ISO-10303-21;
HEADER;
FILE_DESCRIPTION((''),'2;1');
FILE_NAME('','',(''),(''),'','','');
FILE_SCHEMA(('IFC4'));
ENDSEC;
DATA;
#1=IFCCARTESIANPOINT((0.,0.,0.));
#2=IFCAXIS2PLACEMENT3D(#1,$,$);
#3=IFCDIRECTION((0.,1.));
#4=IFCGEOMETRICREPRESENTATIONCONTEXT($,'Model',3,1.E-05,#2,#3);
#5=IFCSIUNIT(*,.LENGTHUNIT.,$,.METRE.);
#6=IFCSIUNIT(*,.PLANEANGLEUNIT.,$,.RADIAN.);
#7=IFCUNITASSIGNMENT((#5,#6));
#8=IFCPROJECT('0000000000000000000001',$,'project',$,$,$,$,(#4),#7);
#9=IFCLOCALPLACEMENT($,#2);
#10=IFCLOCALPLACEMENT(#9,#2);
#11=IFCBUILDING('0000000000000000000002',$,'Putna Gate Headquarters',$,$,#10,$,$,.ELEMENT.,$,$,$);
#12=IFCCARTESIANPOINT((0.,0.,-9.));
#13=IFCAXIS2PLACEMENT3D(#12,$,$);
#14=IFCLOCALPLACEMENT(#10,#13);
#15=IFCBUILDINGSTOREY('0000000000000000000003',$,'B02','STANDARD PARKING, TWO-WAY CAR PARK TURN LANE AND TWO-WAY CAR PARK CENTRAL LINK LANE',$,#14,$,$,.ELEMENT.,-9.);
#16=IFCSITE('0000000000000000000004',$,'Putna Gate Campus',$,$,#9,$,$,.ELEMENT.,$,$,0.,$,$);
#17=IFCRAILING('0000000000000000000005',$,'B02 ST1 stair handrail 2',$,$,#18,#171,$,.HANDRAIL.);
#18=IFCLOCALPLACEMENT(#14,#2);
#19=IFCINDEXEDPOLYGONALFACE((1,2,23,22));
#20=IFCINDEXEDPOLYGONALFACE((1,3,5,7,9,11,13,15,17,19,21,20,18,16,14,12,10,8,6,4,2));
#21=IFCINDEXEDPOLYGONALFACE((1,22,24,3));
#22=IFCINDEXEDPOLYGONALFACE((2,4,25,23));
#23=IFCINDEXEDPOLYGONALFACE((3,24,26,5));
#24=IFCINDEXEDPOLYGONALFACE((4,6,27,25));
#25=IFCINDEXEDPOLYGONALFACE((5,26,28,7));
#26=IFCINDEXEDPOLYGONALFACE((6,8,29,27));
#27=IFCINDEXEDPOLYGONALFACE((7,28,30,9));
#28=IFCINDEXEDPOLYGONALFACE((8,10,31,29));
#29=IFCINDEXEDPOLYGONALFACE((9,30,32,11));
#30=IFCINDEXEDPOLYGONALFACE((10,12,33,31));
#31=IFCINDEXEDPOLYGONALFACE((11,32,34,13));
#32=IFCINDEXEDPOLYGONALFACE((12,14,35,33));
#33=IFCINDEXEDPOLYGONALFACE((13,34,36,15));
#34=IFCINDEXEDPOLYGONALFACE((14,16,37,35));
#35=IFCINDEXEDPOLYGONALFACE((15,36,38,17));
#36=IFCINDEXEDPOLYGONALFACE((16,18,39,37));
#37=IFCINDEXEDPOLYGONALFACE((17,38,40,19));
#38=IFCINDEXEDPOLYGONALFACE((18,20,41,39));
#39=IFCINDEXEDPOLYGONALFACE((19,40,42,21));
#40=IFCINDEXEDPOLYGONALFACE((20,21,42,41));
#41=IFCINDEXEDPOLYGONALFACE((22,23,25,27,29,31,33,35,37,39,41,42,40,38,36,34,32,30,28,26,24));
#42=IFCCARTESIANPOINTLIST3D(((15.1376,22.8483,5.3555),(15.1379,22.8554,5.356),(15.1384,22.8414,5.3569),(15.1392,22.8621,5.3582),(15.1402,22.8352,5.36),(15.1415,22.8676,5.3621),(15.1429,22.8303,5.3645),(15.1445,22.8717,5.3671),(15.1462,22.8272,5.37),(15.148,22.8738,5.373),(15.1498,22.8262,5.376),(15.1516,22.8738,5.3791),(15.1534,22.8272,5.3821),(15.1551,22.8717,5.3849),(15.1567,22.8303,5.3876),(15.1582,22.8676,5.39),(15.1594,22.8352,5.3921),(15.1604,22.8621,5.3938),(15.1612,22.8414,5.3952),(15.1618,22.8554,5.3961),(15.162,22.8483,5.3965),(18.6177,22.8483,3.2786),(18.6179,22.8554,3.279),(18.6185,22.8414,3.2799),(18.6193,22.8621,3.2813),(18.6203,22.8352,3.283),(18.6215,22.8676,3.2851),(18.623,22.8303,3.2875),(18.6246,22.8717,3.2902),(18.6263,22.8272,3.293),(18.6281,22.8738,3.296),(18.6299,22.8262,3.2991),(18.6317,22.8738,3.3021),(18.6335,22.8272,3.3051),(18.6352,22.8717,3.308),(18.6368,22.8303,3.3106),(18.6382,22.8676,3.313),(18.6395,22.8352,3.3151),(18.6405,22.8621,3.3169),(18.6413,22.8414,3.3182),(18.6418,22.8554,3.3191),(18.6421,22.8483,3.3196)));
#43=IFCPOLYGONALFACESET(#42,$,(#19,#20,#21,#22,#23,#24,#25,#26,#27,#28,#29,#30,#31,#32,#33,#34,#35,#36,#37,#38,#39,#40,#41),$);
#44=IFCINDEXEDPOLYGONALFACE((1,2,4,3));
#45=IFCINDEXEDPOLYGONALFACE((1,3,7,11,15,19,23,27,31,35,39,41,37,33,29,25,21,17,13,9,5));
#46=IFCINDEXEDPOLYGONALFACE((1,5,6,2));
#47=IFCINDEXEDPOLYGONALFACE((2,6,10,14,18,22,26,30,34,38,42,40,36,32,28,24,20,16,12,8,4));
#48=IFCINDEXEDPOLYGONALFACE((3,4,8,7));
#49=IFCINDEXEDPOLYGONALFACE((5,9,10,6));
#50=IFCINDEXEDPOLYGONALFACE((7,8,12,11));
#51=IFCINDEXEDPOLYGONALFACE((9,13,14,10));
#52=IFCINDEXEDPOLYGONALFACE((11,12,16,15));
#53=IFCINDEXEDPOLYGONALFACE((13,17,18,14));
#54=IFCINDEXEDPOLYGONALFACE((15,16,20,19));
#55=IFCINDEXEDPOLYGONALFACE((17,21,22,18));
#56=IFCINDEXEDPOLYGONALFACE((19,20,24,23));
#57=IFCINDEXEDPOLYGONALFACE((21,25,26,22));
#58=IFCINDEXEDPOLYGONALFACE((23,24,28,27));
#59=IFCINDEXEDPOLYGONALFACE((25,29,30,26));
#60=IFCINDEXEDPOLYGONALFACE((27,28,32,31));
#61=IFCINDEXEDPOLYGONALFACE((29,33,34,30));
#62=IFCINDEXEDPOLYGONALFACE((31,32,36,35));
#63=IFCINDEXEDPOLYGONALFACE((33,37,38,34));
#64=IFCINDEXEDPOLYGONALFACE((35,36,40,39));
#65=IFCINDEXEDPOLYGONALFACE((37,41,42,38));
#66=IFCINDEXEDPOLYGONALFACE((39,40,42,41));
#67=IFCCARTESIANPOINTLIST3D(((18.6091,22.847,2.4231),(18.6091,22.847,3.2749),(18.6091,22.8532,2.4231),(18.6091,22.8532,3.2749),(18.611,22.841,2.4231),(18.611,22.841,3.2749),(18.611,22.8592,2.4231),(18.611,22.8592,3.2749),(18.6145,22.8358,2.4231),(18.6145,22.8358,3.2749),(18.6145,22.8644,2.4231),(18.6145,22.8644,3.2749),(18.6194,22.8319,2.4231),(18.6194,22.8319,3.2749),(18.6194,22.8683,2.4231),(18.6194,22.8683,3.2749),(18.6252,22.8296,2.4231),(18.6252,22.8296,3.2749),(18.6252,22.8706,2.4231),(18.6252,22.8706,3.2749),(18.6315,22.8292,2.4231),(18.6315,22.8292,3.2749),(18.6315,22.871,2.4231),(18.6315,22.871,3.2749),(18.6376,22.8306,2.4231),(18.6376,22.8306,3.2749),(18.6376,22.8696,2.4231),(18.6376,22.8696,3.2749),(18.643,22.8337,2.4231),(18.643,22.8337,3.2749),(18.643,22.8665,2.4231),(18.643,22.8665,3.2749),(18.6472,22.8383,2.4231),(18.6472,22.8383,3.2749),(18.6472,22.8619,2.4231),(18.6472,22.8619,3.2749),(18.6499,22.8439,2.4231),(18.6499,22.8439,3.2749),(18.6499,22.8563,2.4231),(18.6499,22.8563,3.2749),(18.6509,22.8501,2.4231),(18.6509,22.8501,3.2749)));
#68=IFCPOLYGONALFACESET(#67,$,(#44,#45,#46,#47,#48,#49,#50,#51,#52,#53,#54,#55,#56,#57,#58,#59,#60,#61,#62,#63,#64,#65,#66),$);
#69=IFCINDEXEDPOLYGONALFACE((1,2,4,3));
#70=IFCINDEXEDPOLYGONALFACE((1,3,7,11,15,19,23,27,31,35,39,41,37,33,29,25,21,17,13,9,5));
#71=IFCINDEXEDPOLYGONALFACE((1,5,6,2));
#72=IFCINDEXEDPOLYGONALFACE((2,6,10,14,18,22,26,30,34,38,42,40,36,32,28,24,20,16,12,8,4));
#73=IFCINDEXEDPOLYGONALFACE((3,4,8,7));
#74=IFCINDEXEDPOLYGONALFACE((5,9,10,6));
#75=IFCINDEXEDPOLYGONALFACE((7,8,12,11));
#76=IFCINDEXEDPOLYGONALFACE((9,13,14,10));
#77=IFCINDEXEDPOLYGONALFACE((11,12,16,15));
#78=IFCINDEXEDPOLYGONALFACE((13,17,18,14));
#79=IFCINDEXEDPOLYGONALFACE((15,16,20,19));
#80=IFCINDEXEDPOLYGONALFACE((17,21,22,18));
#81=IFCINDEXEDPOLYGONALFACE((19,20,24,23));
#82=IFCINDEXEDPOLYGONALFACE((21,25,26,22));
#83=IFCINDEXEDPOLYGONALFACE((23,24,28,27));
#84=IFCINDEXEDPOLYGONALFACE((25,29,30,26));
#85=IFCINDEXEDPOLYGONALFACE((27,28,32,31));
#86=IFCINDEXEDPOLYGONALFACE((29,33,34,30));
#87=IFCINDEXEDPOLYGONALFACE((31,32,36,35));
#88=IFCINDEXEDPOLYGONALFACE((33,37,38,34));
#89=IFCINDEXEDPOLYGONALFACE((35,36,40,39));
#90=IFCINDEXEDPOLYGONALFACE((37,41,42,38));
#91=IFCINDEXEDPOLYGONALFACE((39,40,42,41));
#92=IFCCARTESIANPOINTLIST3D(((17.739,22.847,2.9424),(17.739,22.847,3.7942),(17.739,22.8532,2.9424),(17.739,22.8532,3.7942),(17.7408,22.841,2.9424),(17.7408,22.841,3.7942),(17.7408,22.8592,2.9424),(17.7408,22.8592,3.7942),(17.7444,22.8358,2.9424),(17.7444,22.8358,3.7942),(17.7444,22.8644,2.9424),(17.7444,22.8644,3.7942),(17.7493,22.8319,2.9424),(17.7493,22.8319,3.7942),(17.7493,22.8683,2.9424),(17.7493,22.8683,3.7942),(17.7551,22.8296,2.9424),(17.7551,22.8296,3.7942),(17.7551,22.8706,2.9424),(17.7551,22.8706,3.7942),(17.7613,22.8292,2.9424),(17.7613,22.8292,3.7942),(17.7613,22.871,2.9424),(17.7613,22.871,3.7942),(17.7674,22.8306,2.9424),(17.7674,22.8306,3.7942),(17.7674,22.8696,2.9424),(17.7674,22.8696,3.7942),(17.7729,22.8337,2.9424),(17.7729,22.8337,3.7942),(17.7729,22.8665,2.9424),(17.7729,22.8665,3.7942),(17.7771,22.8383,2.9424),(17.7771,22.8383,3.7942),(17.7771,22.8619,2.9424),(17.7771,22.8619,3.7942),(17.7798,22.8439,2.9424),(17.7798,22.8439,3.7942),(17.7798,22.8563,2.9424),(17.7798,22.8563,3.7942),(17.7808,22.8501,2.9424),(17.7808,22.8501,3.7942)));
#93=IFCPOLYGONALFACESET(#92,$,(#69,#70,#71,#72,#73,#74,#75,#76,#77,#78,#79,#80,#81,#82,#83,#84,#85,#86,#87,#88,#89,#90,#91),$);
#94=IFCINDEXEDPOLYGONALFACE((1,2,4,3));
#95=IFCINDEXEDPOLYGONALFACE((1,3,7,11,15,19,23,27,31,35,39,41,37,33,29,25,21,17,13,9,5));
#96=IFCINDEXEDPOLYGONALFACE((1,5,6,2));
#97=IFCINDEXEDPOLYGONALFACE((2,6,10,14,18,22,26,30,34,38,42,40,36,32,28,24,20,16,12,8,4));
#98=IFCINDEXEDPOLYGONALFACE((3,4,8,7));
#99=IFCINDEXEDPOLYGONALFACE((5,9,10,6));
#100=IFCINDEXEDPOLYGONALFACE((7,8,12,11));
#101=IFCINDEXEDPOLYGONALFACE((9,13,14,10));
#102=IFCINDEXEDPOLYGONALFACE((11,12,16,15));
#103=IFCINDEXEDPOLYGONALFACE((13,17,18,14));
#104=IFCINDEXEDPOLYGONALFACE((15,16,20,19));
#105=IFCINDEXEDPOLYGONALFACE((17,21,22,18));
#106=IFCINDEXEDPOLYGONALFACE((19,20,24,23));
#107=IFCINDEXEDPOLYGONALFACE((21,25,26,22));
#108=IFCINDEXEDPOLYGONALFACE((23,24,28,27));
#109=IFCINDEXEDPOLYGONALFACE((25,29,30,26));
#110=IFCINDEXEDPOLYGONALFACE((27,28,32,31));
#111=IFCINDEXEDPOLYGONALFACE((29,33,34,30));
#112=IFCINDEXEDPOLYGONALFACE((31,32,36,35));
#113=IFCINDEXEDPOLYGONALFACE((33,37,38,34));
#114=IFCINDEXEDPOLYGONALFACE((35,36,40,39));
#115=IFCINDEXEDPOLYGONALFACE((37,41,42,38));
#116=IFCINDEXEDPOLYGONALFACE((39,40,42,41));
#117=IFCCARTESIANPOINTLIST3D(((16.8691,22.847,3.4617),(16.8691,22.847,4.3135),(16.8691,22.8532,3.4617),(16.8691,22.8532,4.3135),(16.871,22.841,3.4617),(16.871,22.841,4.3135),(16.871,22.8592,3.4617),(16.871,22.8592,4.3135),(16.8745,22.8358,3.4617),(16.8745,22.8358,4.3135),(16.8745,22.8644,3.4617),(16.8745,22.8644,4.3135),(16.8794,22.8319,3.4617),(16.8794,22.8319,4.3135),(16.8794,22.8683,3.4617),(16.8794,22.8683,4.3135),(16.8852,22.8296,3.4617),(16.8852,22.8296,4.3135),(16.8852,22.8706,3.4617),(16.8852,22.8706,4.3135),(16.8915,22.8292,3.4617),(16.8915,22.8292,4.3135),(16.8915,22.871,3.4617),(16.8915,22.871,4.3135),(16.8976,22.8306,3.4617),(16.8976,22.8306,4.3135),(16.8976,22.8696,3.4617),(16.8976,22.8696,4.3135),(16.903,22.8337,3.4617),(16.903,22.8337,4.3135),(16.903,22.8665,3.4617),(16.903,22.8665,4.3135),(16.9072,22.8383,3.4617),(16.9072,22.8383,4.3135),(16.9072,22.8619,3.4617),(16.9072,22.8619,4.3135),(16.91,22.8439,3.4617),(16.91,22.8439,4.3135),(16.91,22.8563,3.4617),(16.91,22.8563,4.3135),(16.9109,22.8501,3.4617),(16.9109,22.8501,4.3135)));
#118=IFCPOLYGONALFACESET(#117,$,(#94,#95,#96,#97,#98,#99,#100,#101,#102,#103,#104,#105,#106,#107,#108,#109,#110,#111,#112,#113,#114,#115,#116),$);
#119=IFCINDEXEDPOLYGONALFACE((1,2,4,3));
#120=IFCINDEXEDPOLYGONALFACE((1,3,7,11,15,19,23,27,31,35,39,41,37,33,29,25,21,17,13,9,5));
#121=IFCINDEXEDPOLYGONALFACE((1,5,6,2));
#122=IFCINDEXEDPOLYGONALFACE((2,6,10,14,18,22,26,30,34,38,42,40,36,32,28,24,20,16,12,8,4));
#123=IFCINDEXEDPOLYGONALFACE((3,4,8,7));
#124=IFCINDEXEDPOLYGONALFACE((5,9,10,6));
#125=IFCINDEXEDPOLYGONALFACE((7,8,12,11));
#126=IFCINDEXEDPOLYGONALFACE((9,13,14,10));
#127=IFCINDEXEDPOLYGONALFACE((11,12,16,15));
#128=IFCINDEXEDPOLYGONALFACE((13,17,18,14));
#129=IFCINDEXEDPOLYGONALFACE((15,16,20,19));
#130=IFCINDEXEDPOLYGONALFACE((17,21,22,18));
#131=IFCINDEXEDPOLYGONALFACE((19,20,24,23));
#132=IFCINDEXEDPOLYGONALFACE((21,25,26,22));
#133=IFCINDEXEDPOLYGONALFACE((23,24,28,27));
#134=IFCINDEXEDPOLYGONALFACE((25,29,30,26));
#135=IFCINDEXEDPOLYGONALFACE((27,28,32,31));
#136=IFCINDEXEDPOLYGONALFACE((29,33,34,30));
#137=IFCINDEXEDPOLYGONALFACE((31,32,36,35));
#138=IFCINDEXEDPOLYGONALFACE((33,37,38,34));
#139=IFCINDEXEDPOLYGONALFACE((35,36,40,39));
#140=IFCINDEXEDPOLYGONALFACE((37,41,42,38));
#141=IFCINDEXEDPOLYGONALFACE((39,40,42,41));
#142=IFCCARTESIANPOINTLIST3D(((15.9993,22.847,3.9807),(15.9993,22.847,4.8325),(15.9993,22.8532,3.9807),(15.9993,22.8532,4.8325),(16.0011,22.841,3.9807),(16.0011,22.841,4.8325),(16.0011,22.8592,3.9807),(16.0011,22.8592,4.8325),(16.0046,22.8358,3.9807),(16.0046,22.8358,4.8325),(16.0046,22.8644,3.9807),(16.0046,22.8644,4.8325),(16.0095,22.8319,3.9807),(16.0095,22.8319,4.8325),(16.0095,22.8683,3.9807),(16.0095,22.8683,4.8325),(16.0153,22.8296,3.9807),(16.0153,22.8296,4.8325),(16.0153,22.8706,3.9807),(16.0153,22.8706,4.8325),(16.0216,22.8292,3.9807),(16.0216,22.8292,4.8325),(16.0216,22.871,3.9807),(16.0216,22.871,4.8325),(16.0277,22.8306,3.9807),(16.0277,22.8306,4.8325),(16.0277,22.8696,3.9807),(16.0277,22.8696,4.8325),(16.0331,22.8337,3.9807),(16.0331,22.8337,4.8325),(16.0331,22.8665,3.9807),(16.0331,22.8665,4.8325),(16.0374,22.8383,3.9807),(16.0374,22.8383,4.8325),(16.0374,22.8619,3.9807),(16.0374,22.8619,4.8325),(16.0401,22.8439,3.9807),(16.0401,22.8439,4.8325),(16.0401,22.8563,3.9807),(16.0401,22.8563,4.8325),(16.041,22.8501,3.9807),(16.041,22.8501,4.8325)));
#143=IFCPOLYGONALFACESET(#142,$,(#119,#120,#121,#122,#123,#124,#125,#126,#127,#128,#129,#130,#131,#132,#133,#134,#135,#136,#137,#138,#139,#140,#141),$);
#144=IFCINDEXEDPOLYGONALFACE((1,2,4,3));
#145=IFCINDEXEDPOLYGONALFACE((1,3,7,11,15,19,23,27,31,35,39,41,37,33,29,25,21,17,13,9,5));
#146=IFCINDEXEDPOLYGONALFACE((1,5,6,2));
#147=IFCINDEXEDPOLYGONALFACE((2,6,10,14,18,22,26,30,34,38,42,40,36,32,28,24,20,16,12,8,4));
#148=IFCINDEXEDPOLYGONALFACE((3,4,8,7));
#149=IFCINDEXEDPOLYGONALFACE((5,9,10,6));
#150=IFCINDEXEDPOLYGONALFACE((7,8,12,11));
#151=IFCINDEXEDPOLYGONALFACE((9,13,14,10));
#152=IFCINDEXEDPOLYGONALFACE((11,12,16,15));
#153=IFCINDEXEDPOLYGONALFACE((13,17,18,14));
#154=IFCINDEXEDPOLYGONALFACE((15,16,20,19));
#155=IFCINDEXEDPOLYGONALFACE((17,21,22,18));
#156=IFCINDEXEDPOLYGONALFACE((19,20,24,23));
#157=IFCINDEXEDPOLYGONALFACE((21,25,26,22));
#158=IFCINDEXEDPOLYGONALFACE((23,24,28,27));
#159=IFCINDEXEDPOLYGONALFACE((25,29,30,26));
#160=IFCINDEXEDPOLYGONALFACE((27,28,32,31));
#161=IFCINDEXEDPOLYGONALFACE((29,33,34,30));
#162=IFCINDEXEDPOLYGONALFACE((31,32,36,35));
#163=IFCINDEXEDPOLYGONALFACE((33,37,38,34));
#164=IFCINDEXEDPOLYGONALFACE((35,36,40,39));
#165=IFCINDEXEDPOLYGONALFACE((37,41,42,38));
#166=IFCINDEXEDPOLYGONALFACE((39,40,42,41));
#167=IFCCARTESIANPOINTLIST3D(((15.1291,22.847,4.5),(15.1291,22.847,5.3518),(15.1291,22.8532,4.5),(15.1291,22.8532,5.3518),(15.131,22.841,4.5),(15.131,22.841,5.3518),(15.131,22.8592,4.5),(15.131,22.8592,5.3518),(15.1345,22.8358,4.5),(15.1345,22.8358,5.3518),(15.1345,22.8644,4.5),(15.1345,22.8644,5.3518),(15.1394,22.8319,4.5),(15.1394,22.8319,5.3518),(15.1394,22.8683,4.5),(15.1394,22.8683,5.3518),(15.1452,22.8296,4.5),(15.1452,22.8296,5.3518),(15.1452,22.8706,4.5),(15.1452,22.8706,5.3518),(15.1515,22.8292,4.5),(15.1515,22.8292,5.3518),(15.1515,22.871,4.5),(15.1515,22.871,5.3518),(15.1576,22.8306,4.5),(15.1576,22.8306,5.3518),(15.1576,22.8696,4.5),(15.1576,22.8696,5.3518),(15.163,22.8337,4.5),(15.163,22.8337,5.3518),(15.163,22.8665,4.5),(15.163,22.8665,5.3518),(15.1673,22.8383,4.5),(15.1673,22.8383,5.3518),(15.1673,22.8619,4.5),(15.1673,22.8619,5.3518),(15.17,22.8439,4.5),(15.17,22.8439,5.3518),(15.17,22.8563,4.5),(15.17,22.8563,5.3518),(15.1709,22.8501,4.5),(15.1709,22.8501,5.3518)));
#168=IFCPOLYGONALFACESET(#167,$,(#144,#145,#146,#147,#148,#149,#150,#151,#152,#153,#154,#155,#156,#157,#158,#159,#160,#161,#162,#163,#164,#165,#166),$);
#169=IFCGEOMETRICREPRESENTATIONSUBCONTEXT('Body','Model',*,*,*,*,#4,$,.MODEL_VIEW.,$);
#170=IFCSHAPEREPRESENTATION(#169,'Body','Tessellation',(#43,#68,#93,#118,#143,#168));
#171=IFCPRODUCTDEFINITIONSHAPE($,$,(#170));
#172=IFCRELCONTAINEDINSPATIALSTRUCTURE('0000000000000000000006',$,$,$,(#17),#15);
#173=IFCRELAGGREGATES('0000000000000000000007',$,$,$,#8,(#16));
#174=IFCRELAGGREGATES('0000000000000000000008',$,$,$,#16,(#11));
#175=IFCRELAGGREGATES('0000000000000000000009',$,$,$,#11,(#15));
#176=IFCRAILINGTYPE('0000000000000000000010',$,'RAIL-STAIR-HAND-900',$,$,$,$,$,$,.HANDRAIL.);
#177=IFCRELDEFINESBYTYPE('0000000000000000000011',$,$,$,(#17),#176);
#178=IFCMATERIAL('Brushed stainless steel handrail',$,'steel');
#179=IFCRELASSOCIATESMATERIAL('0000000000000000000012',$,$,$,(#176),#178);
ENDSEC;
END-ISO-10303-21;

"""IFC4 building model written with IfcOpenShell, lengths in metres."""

from ifc_helpers import new_model, si_unit, direction, frame, origin, origin_2d, place, context, subcontext, project, spatial, circle, extrude, material, type_object, element, save


model = new_model("IFC4")

# Units and contexts
model_context = context("Model", 3, precision=1e-05, world=origin(), true_north=direction((0.0, 1.0)))
body_context = subcontext(model_context, "Body", "Model", "MODEL_VIEW")
ifc_project = project(units=[si_unit("LENGTHUNIT", "METRE"), si_unit("PLANEANGLEUNIT", "RADIAN")], contexts=[model_context])

# Site, building, storey
site_placement = place(None, origin())
site = spatial("IfcSite", under=ifc_project, at=site_placement, Name="Putna Gate Campus", CompositionType="ELEMENT", RefElevation=0.0)
building_placement = place(site_placement, origin())
building = spatial("IfcBuilding", under=site, at=building_placement, Name="Putna Gate Headquarters", CompositionType="ELEMENT")
storey_placement = place(building_placement, frame((0.0, 0.0, -9.0)))
storey = spatial("IfcBuildingStorey", under=building, at=storey_placement, Name="B02", Description="STANDARD PARKING, TWO-WAY CAR PARK TURN LANE AND TWO-WAY CAR PARK CENTRAL LINK LANE", CompositionType="ELEMENT", Elevation=-9.0)

# Railing
ifc_material_1 = material(Name="Brushed stainless steel handrail", Category="steel")
railing_type_1 = type_object("IfcRailingType", Name="RAIL-STAIR-HAND-900", PredefinedType="HANDRAIL", material=ifc_material_1)
railing_1_placement = place(storey_placement, frame((18.6299, 22.8501, 2.4231)))
element("IfcRailing", 1, at=railing_1_placement, inside=storey, type_object=railing_type_1, Name="B02 ST1 stair handrail 2", PredefinedType="HANDRAIL", context=body_context, shape_type="SweptSolid", body=[
    extrude(circle(Radius=0.0239, at=origin_2d()), frame((0.0, 0.0, 0.876), z_axis=(-0.858697, 0.0, 0.512483), x_axis=(0.0, -1.0, 0.0)), (0.0, 0.0, 1.0), 4.0527),
    extrude(circle(Radius=0.021, at=origin_2d()), origin(), (0.0, 0.0, 1.0), 0.8518),
    extrude(circle(Radius=0.021, at=origin_2d()), frame((-0.8701, 0.0, 0.5193)), (0.0, 0.0, 1.0), 0.8518),
    extrude(circle(Radius=0.021, at=origin_2d()), frame((-1.74, 0.0, 1.0386)), (0.0, 0.0, 1.0), 0.8518),
    extrude(circle(Radius=0.021, at=origin_2d()), frame((-2.6099, 0.0, 1.5576)), (0.0, 0.0, 1.0), 0.8518),
    extrude(circle(Radius=0.021, at=origin_2d()), frame((-3.48, 0.0, 2.0769)), (0.0, 0.0, 1.0), 0.8518),
])

save(model, "model.ifc")
